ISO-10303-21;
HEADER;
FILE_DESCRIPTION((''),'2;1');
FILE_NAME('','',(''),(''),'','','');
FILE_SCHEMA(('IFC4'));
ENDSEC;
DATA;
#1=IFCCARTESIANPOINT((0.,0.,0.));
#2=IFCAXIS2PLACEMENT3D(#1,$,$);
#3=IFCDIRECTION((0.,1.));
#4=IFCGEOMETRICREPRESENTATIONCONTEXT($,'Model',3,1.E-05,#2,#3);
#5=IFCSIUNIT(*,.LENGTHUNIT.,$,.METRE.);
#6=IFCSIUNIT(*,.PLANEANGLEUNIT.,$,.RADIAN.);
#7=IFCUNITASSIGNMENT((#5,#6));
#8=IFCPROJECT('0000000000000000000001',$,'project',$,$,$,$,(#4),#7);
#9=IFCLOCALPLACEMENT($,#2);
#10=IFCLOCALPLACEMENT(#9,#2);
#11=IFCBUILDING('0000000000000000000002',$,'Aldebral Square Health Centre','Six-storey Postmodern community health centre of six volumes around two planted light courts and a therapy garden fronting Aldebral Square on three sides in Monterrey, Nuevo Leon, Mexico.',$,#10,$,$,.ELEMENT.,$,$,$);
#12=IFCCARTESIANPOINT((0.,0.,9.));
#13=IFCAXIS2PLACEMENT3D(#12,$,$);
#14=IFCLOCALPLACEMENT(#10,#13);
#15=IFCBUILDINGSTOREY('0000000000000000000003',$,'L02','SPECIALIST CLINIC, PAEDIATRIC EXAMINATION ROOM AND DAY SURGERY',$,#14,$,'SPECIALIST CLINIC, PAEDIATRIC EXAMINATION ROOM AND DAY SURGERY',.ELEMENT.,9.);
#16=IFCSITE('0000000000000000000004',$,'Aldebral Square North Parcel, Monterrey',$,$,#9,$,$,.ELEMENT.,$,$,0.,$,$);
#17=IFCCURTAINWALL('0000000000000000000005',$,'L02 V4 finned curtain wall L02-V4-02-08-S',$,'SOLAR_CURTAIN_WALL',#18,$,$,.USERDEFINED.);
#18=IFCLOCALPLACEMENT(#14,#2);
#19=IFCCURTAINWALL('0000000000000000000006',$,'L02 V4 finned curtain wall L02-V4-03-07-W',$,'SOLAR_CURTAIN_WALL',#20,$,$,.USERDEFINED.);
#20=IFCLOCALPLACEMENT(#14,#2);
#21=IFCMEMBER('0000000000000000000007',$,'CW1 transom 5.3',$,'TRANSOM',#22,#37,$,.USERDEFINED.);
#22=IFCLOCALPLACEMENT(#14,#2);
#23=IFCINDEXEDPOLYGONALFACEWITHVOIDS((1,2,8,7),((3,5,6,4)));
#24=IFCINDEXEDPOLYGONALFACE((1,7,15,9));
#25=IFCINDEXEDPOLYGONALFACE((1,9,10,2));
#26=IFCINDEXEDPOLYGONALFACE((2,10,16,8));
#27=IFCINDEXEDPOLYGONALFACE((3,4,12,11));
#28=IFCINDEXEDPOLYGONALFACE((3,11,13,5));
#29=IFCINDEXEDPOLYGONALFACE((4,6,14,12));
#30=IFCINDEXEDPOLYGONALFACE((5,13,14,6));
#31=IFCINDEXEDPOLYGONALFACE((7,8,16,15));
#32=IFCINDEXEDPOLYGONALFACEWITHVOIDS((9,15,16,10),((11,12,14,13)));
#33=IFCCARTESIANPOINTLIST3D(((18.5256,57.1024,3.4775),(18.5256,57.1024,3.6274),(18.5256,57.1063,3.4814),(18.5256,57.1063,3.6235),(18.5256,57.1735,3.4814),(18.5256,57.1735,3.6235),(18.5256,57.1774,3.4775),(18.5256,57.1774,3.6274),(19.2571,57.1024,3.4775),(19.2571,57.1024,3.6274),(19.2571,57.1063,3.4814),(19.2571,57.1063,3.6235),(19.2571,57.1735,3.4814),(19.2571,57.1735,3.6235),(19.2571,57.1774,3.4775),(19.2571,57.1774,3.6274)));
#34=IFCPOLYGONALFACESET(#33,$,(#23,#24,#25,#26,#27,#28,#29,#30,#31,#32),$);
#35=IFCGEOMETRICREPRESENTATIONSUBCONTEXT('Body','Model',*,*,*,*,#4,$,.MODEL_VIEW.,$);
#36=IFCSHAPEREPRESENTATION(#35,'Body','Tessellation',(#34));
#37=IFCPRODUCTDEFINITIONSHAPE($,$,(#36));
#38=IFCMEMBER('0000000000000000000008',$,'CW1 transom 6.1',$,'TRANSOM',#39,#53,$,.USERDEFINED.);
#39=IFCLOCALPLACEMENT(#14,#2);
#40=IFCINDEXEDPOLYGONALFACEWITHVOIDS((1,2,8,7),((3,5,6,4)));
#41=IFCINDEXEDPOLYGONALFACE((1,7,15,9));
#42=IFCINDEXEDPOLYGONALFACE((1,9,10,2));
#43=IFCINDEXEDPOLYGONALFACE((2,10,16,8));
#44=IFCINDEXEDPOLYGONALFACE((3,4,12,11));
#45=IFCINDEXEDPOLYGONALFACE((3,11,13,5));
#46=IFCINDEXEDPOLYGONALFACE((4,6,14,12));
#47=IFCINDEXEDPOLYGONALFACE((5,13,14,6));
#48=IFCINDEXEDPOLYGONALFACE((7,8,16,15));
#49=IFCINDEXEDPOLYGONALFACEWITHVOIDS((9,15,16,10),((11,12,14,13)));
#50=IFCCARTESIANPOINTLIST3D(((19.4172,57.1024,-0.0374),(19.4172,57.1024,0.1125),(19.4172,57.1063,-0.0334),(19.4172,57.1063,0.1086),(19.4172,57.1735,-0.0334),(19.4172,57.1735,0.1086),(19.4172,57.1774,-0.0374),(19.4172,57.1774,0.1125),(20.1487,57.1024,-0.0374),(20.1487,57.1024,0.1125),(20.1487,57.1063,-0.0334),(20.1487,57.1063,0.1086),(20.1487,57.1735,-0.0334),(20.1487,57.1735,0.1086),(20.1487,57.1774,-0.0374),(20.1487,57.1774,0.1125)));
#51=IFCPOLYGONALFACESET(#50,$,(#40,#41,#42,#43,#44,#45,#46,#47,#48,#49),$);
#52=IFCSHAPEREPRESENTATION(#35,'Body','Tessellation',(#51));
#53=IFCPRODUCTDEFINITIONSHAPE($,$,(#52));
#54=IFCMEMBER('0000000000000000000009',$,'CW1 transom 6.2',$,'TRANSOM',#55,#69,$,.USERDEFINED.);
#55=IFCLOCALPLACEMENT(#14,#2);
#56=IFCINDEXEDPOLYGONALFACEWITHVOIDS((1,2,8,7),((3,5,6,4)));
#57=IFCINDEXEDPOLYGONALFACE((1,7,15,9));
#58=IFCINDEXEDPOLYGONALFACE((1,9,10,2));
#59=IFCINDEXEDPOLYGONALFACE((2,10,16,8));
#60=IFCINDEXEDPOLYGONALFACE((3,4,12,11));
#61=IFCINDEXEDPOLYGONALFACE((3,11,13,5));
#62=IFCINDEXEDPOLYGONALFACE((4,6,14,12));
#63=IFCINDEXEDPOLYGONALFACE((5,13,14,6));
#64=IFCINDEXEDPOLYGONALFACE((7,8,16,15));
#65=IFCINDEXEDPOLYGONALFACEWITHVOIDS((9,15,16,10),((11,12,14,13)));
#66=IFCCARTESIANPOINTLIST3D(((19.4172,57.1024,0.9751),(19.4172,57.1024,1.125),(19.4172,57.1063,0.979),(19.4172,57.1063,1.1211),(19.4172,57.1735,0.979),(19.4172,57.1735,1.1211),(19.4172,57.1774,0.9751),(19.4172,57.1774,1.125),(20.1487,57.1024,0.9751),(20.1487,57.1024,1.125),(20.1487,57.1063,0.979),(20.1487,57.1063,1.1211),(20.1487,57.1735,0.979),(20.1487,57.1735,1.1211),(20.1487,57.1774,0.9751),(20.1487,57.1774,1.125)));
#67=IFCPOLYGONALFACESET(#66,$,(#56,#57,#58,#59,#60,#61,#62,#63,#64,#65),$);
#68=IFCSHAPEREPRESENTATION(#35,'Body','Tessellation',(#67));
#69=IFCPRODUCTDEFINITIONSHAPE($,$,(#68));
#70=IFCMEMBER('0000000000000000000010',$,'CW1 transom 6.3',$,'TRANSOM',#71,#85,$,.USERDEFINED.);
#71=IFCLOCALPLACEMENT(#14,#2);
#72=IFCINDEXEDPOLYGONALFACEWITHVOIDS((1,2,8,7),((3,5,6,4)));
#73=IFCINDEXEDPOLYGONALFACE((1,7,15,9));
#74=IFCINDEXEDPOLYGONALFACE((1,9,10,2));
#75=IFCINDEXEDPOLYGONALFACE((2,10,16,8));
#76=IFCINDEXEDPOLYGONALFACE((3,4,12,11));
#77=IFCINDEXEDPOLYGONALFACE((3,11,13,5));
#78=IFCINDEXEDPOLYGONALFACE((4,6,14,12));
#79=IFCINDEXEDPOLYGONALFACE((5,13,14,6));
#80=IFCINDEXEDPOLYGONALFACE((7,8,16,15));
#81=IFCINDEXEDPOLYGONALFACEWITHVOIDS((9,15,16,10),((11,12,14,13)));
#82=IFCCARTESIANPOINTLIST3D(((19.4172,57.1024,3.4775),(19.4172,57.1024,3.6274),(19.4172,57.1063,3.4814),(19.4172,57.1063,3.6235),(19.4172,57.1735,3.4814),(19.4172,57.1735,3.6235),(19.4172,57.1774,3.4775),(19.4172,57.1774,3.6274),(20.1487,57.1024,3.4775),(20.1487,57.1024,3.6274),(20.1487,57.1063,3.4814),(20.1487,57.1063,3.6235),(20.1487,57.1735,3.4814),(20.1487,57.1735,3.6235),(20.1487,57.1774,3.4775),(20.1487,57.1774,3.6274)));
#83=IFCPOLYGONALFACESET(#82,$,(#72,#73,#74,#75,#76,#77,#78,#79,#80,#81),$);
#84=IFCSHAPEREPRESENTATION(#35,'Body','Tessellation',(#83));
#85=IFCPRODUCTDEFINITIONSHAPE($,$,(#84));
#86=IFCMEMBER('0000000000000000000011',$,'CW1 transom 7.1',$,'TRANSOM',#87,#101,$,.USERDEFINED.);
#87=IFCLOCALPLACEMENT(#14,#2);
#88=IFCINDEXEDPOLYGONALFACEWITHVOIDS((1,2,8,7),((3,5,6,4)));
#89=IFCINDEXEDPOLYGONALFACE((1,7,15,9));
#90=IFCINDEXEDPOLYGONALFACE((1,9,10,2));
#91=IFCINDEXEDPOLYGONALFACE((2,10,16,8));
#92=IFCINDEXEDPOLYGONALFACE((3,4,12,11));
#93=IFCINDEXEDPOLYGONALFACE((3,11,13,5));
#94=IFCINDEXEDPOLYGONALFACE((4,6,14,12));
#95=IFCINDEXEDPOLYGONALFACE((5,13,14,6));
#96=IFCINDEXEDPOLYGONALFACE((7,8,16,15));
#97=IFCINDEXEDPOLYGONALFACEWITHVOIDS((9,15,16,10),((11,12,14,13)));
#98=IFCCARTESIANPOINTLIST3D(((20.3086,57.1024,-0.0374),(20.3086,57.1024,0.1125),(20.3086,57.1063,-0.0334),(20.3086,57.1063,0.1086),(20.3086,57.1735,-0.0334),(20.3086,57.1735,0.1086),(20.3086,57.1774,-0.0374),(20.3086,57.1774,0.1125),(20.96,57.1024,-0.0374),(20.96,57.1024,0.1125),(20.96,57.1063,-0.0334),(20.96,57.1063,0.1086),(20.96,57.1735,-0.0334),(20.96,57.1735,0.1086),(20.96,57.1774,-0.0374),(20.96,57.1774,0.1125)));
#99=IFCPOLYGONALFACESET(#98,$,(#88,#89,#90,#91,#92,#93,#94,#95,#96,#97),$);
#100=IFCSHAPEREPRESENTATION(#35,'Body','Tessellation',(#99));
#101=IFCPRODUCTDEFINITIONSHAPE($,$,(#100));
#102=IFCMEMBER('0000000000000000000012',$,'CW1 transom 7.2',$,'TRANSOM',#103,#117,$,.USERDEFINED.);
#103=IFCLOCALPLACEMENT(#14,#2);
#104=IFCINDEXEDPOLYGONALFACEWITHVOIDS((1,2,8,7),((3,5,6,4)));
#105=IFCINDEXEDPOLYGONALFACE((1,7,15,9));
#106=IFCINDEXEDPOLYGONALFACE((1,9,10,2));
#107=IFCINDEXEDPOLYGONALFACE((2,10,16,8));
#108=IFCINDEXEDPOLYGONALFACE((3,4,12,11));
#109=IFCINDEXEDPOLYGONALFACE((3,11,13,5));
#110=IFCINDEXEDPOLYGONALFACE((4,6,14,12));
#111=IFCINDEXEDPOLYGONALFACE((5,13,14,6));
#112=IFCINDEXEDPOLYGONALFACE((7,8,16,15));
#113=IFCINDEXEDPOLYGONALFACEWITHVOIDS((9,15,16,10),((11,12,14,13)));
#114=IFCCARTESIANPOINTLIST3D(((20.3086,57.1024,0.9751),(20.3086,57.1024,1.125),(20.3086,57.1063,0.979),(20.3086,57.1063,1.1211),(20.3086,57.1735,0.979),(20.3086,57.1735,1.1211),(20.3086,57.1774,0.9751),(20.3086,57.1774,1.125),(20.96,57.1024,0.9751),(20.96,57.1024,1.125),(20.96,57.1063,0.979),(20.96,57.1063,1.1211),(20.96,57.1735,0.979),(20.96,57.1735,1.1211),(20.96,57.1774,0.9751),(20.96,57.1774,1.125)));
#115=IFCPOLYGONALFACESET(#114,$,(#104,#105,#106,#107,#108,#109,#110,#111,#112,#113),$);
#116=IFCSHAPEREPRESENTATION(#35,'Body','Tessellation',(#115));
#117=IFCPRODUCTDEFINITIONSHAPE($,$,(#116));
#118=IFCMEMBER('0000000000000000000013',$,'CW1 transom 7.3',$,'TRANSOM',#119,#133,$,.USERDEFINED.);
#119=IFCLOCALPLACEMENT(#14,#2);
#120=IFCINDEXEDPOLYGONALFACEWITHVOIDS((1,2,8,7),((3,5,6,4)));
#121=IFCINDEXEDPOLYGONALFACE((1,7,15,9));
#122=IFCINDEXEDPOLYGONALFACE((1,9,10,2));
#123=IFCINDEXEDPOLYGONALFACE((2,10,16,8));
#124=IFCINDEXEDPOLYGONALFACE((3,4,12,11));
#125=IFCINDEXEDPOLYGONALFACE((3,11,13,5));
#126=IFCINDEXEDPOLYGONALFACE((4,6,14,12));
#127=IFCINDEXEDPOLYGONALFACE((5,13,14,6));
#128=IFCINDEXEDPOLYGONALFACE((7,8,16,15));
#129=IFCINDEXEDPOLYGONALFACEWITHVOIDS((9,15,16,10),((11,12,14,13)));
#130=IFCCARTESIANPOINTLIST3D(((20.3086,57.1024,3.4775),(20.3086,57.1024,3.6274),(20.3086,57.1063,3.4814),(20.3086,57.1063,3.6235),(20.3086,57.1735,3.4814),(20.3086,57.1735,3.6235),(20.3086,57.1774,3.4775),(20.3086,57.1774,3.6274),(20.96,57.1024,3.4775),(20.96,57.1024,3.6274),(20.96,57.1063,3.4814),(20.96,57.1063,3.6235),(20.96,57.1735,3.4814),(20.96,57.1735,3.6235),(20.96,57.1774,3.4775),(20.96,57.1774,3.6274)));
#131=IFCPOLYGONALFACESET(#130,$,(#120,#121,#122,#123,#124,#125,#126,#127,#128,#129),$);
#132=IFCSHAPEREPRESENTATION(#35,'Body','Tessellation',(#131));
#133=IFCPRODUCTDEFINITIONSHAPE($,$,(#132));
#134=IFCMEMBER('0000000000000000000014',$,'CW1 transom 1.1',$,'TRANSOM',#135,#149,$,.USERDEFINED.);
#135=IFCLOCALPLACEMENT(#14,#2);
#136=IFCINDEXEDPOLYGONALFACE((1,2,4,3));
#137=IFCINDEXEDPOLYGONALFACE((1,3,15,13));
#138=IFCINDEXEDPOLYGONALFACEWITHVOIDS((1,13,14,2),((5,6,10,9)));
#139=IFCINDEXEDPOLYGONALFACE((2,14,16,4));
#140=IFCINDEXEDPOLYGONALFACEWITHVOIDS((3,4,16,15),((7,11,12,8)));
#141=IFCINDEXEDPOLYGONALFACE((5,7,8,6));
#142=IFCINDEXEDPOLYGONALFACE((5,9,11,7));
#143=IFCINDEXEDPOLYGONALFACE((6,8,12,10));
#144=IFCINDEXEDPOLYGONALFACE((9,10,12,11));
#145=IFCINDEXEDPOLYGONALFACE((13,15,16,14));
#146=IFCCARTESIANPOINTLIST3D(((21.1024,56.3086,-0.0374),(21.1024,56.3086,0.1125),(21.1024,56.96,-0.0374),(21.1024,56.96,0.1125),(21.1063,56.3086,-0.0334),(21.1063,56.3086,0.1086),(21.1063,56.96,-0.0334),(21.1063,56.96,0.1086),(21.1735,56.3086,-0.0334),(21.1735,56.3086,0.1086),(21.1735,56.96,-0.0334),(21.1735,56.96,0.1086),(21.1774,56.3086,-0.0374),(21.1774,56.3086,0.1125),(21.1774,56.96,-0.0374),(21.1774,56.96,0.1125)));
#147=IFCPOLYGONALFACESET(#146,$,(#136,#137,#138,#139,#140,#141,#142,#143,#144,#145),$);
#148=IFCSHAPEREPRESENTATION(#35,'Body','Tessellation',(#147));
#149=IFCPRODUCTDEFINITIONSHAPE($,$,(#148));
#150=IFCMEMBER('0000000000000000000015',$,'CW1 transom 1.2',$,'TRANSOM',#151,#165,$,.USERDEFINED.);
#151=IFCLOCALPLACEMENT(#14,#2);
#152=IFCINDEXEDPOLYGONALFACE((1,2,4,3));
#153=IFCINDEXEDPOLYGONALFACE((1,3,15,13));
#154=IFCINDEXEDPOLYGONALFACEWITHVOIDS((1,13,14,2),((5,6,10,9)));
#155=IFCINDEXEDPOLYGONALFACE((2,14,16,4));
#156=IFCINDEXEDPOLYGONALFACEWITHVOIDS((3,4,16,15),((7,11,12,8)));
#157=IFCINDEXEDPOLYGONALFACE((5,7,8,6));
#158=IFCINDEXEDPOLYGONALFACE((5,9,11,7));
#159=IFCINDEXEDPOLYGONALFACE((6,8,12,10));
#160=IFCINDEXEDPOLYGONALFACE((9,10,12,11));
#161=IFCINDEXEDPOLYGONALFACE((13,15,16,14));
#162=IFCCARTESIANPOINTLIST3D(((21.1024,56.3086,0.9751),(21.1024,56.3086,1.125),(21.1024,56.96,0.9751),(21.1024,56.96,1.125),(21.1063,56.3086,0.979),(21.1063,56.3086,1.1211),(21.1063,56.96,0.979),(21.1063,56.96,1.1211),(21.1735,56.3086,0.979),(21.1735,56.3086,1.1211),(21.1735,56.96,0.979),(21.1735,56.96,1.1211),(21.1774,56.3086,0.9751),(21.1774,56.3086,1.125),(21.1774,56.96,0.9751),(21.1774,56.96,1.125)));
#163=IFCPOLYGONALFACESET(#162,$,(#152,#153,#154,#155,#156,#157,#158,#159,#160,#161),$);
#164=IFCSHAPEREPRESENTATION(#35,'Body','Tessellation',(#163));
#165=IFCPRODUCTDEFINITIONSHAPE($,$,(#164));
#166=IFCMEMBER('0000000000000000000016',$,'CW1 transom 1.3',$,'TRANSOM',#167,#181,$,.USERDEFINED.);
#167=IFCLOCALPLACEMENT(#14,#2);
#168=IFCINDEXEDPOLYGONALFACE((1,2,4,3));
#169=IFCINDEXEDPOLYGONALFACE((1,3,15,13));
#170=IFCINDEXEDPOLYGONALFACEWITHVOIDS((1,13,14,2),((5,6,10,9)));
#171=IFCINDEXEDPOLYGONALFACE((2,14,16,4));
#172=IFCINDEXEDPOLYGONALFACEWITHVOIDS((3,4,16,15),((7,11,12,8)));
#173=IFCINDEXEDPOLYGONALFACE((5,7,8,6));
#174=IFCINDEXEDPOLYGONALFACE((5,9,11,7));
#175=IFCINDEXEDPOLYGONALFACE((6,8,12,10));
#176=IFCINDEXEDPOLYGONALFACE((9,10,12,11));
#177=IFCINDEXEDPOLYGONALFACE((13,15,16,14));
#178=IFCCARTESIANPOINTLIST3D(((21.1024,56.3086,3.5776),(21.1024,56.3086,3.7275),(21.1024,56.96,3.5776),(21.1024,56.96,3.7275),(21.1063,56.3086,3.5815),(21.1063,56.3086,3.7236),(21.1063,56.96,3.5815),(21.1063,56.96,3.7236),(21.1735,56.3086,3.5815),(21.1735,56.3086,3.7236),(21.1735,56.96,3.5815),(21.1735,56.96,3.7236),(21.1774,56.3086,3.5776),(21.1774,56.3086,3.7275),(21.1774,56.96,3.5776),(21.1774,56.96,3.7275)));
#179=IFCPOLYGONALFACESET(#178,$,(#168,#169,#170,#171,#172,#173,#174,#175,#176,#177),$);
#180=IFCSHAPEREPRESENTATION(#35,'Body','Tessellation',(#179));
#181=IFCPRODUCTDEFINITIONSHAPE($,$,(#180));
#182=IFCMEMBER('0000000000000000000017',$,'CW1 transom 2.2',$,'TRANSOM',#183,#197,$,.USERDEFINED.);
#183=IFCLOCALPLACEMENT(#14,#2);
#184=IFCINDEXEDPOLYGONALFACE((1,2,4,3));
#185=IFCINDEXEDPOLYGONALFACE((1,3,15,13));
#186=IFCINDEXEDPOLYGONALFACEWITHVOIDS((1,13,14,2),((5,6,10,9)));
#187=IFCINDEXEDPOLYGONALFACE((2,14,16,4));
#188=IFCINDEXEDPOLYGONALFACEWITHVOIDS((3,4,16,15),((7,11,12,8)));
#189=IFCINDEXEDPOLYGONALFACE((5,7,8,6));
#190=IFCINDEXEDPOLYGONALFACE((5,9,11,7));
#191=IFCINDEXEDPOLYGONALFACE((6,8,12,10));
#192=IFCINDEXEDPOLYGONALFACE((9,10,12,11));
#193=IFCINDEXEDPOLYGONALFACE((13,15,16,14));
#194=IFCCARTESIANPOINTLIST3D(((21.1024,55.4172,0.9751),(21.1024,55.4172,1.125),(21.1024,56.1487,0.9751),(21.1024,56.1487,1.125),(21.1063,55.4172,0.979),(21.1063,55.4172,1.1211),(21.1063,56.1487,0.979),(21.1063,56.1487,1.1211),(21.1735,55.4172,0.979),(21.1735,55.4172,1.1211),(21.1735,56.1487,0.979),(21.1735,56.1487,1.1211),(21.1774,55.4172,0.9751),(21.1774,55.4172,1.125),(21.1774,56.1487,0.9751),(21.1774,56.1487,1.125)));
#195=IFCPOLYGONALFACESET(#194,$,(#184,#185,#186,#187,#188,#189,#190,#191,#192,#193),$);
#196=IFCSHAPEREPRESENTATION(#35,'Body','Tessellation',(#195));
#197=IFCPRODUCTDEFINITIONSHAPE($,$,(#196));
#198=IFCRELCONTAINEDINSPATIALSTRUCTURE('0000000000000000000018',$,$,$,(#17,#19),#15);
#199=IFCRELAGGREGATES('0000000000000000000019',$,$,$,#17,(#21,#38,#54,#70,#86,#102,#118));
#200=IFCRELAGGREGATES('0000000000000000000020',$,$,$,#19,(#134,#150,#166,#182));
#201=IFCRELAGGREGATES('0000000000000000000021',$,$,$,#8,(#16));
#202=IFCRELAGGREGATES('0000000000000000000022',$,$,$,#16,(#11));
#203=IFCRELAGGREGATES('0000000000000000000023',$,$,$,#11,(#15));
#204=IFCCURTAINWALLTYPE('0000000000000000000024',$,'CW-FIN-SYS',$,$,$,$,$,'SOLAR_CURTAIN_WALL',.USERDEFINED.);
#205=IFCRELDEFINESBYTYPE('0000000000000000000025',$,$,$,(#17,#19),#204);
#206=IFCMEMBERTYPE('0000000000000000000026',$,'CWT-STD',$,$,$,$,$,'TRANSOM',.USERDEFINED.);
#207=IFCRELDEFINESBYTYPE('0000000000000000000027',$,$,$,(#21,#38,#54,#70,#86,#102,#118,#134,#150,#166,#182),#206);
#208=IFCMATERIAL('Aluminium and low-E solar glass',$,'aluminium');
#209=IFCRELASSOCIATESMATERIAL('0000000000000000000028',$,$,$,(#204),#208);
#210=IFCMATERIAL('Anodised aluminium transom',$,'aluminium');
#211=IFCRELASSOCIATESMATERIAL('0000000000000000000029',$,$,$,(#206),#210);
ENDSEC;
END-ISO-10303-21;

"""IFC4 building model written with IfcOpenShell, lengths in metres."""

from ifc_helpers import new_model, si_unit, direction, frame, origin, origin_2d, place, context, subcontext, project, spatial, hollow_rectangle, extrude, material, material_profile, profile_set, type_object, element, aggregate, save


model = new_model("IFC4")

# Units and contexts
model_context = context("Model", 3, precision=1e-05, world=origin(), true_north=direction((0.0, 1.0)))
body_context = subcontext(model_context, "Body", "Model", "MODEL_VIEW")
ifc_project = project(units=[si_unit("LENGTHUNIT", "METRE"), si_unit("PLANEANGLEUNIT", "RADIAN")], contexts=[model_context])

# Site, building, storey
site_placement = place(None, origin())
site = spatial("IfcSite", under=ifc_project, at=site_placement, Name="Aldebral Square North Parcel, Monterrey", CompositionType="ELEMENT", RefElevation=0.0)
building_placement = place(site_placement, origin())
building = spatial("IfcBuilding", under=site, at=building_placement, Name="Aldebral Square Health Centre", Description="Six-storey Postmodern community health centre of six volumes around two planted light courts and a therapy garden fronting Aldebral Square on three sides in Monterrey, Nuevo Leon, Mexico.", CompositionType="ELEMENT")
storey_placement = place(building_placement, frame((0.0, 0.0, 9.0)))
storey = spatial("IfcBuildingStorey", under=building, at=storey_placement, Name="L02", Description="SPECIALIST CLINIC, PAEDIATRIC EXAMINATION ROOM AND DAY SURGERY", LongName="SPECIALIST CLINIC, PAEDIATRIC EXAMINATION ROOM AND DAY SURGERY", CompositionType="ELEMENT", Elevation=9.0)

# Curtain walls
ifc_material_1 = material(Name="Aluminium and low-E solar glass", Category="aluminium")
curtain_wall_type = type_object("IfcCurtainWallType", Name="CW-FIN-SYS", ElementType="SOLAR_CURTAIN_WALL", PredefinedType="USERDEFINED", material=ifc_material_1)
curtain_wall_1_placement = place(storey_placement, origin())
curtain_wall_1 = element("IfcCurtainWall", 1, at=curtain_wall_1_placement, inside=storey, type_object=curtain_wall_type, Name="L02 V4 finned curtain wall L02-V4-02-08-S", ObjectType="SOLAR_CURTAIN_WALL", PredefinedType="USERDEFINED")
curtain_wall_2_placement = place(storey_placement, origin())
curtain_wall_2 = element("IfcCurtainWall", 2, at=curtain_wall_2_placement, inside=storey, type_object=curtain_wall_type, Name="L02 V4 finned curtain wall L02-V4-03-07-W", ObjectType="SOLAR_CURTAIN_WALL", PredefinedType="USERDEFINED")

# Members
ifc_material_2 = material(Name="Anodised aluminium transom", Category="aluminium")
ifc_material_profile_1 = material_profile(ifc_material_2, hollow_rectangle(XDim=0.075, YDim=0.1499, WallThickness=0.0039, at=origin_2d()), Name="CWT 75x150x4")
ifc_profile_set_1 = profile_set([ifc_material_profile_1], Name="Anodised aluminium transom")
member_type_1 = type_object("IfcMemberType", Name="CWT-STD", ElementType="TRANSOM", PredefinedType="USERDEFINED", material=ifc_profile_set_1)
member_1_placement = place(storey_placement, frame((18.5256, 57.1399, 3.5525), z_axis=(1.0, 0.0, 0.0), x_axis=(0.0, 1.0, 0.0)))
member_1 = element("IfcMember", 3, at=member_1_placement, type_object=member_type_1, Name="CW1 transom 5.3", ObjectType="TRANSOM", PredefinedType="USERDEFINED", context=body_context, shape_type="SweptSolid", body=[
    extrude(hollow_rectangle(XDim=0.075, YDim=0.1499, WallThickness=0.0039, at=origin_2d()), origin(), (0.0, 0.0, 1.0), 0.7314),
])
member_2_placement = place(storey_placement, frame((19.4172, 57.1399, 0.0376), z_axis=(1.0, 0.0, 0.0), x_axis=(0.0, 1.0, 0.0)))
member_2 = element("IfcMember", 4, at=member_2_placement, type_object=member_type_1, Name="CW1 transom 6.1", ObjectType="TRANSOM", PredefinedType="USERDEFINED", context=body_context, shape_type="SweptSolid", body=[
    extrude(hollow_rectangle(XDim=0.075, YDim=0.1499, WallThickness=0.0039, at=origin_2d()), origin(), (0.0, 0.0, 1.0), 0.7314),
])
member_3_placement = place(storey_placement, frame((19.4172, 57.1399, 1.05), z_axis=(1.0, 0.0, 0.0), x_axis=(0.0, 1.0, 0.0)))
member_3 = element("IfcMember", 5, at=member_3_placement, type_object=member_type_1, Name="CW1 transom 6.2", ObjectType="TRANSOM", PredefinedType="USERDEFINED", context=body_context, shape_type="SweptSolid", body=[
    extrude(hollow_rectangle(XDim=0.075, YDim=0.1499, WallThickness=0.0039, at=origin_2d()), origin(), (0.0, 0.0, 1.0), 0.7314),
])
member_4_placement = place(storey_placement, frame((19.4172, 57.1399, 3.5525), z_axis=(1.0, 0.0, 0.0), x_axis=(0.0, 1.0, 0.0)))
member_4 = element("IfcMember", 6, at=member_4_placement, type_object=member_type_1, Name="CW1 transom 6.3", ObjectType="TRANSOM", PredefinedType="USERDEFINED", context=body_context, shape_type="SweptSolid", body=[
    extrude(hollow_rectangle(XDim=0.075, YDim=0.1499, WallThickness=0.0039, at=origin_2d()), origin(), (0.0, 0.0, 1.0), 0.7314),
])
member_5_placement = place(storey_placement, frame((20.3086, 57.1399, 0.0376), z_axis=(1.0, 0.0, 0.0), x_axis=(0.0, 1.0, 0.0)))
member_5 = element("IfcMember", 7, at=member_5_placement, type_object=member_type_1, Name="CW1 transom 7.1", ObjectType="TRANSOM", PredefinedType="USERDEFINED", context=body_context, shape_type="SweptSolid", body=[
    extrude(hollow_rectangle(XDim=0.075, YDim=0.1499, WallThickness=0.0039, at=origin_2d()), origin(), (0.0, 0.0, 1.0), 0.6514),
])
member_6_placement = place(storey_placement, frame((20.3086, 57.1399, 1.05), z_axis=(1.0, 0.0, 0.0), x_axis=(0.0, 1.0, 0.0)))
member_6 = element("IfcMember", 8, at=member_6_placement, type_object=member_type_1, Name="CW1 transom 7.2", ObjectType="TRANSOM", PredefinedType="USERDEFINED", context=body_context, shape_type="SweptSolid", body=[
    extrude(hollow_rectangle(XDim=0.075, YDim=0.1499, WallThickness=0.0039, at=origin_2d()), origin(), (0.0, 0.0, 1.0), 0.6514),
])
member_7_placement = place(storey_placement, frame((20.3086, 57.1399, 3.5525), z_axis=(1.0, 0.0, 0.0), x_axis=(0.0, 1.0, 0.0)))
member_7 = element("IfcMember", 9, at=member_7_placement, type_object=member_type_1, Name="CW1 transom 7.3", ObjectType="TRANSOM", PredefinedType="USERDEFINED", context=body_context, shape_type="SweptSolid", body=[
    extrude(hollow_rectangle(XDim=0.075, YDim=0.1499, WallThickness=0.0039, at=origin_2d()), origin(), (0.0, 0.0, 1.0), 0.6514),
])
member_8_placement = place(storey_placement, frame((21.1399, 56.96, 0.0376), z_axis=(0.0, -1.0, 0.0), x_axis=(1.0, 0.0, 0.0)))
member_8 = element("IfcMember", 10, at=member_8_placement, type_object=member_type_1, Name="CW1 transom 1.1", ObjectType="TRANSOM", PredefinedType="USERDEFINED", context=body_context, shape_type="SweptSolid", body=[
    extrude(hollow_rectangle(XDim=0.075, YDim=0.1499, WallThickness=0.0039, at=origin_2d()), origin(), (0.0, 0.0, 1.0), 0.6514),
])
member_9_placement = place(storey_placement, frame((21.1399, 56.96, 1.05), z_axis=(0.0, -1.0, 0.0), x_axis=(1.0, 0.0, 0.0)))
member_9 = element("IfcMember", 11, at=member_9_placement, type_object=member_type_1, Name="CW1 transom 1.2", ObjectType="TRANSOM", PredefinedType="USERDEFINED", context=body_context, shape_type="SweptSolid", body=[
    extrude(hollow_rectangle(XDim=0.075, YDim=0.1499, WallThickness=0.0039, at=origin_2d()), origin(), (0.0, 0.0, 1.0), 0.6514),
])
member_10_placement = place(storey_placement, frame((21.1399, 56.96, 3.6526), z_axis=(0.0, -1.0, 0.0), x_axis=(1.0, 0.0, 0.0)))
member_10 = element("IfcMember", 12, at=member_10_placement, type_object=member_type_1, Name="CW1 transom 1.3", ObjectType="TRANSOM", PredefinedType="USERDEFINED", context=body_context, shape_type="SweptSolid", body=[
    extrude(hollow_rectangle(XDim=0.075, YDim=0.1499, WallThickness=0.0039, at=origin_2d()), origin(), (0.0, 0.0, 1.0), 0.6514),
])
member_11_placement = place(storey_placement, frame((21.1399, 56.1487, 1.05), z_axis=(0.0, -1.0, 0.0), x_axis=(1.0, 0.0, 0.0)))
member_11 = element("IfcMember", 13, at=member_11_placement, type_object=member_type_1, Name="CW1 transom 2.2", ObjectType="TRANSOM", PredefinedType="USERDEFINED", context=body_context, shape_type="SweptSolid", body=[
    extrude(hollow_rectangle(XDim=0.075, YDim=0.1499, WallThickness=0.0039, at=origin_2d()), origin(), (0.0, 0.0, 1.0), 0.7314),
])

aggregate(curtain_wall_1, [member_1, member_2, member_3, member_4, member_5, member_6, member_7])
aggregate(curtain_wall_2, [member_8, member_9, member_10, member_11])

save(model, "model.ifc")
